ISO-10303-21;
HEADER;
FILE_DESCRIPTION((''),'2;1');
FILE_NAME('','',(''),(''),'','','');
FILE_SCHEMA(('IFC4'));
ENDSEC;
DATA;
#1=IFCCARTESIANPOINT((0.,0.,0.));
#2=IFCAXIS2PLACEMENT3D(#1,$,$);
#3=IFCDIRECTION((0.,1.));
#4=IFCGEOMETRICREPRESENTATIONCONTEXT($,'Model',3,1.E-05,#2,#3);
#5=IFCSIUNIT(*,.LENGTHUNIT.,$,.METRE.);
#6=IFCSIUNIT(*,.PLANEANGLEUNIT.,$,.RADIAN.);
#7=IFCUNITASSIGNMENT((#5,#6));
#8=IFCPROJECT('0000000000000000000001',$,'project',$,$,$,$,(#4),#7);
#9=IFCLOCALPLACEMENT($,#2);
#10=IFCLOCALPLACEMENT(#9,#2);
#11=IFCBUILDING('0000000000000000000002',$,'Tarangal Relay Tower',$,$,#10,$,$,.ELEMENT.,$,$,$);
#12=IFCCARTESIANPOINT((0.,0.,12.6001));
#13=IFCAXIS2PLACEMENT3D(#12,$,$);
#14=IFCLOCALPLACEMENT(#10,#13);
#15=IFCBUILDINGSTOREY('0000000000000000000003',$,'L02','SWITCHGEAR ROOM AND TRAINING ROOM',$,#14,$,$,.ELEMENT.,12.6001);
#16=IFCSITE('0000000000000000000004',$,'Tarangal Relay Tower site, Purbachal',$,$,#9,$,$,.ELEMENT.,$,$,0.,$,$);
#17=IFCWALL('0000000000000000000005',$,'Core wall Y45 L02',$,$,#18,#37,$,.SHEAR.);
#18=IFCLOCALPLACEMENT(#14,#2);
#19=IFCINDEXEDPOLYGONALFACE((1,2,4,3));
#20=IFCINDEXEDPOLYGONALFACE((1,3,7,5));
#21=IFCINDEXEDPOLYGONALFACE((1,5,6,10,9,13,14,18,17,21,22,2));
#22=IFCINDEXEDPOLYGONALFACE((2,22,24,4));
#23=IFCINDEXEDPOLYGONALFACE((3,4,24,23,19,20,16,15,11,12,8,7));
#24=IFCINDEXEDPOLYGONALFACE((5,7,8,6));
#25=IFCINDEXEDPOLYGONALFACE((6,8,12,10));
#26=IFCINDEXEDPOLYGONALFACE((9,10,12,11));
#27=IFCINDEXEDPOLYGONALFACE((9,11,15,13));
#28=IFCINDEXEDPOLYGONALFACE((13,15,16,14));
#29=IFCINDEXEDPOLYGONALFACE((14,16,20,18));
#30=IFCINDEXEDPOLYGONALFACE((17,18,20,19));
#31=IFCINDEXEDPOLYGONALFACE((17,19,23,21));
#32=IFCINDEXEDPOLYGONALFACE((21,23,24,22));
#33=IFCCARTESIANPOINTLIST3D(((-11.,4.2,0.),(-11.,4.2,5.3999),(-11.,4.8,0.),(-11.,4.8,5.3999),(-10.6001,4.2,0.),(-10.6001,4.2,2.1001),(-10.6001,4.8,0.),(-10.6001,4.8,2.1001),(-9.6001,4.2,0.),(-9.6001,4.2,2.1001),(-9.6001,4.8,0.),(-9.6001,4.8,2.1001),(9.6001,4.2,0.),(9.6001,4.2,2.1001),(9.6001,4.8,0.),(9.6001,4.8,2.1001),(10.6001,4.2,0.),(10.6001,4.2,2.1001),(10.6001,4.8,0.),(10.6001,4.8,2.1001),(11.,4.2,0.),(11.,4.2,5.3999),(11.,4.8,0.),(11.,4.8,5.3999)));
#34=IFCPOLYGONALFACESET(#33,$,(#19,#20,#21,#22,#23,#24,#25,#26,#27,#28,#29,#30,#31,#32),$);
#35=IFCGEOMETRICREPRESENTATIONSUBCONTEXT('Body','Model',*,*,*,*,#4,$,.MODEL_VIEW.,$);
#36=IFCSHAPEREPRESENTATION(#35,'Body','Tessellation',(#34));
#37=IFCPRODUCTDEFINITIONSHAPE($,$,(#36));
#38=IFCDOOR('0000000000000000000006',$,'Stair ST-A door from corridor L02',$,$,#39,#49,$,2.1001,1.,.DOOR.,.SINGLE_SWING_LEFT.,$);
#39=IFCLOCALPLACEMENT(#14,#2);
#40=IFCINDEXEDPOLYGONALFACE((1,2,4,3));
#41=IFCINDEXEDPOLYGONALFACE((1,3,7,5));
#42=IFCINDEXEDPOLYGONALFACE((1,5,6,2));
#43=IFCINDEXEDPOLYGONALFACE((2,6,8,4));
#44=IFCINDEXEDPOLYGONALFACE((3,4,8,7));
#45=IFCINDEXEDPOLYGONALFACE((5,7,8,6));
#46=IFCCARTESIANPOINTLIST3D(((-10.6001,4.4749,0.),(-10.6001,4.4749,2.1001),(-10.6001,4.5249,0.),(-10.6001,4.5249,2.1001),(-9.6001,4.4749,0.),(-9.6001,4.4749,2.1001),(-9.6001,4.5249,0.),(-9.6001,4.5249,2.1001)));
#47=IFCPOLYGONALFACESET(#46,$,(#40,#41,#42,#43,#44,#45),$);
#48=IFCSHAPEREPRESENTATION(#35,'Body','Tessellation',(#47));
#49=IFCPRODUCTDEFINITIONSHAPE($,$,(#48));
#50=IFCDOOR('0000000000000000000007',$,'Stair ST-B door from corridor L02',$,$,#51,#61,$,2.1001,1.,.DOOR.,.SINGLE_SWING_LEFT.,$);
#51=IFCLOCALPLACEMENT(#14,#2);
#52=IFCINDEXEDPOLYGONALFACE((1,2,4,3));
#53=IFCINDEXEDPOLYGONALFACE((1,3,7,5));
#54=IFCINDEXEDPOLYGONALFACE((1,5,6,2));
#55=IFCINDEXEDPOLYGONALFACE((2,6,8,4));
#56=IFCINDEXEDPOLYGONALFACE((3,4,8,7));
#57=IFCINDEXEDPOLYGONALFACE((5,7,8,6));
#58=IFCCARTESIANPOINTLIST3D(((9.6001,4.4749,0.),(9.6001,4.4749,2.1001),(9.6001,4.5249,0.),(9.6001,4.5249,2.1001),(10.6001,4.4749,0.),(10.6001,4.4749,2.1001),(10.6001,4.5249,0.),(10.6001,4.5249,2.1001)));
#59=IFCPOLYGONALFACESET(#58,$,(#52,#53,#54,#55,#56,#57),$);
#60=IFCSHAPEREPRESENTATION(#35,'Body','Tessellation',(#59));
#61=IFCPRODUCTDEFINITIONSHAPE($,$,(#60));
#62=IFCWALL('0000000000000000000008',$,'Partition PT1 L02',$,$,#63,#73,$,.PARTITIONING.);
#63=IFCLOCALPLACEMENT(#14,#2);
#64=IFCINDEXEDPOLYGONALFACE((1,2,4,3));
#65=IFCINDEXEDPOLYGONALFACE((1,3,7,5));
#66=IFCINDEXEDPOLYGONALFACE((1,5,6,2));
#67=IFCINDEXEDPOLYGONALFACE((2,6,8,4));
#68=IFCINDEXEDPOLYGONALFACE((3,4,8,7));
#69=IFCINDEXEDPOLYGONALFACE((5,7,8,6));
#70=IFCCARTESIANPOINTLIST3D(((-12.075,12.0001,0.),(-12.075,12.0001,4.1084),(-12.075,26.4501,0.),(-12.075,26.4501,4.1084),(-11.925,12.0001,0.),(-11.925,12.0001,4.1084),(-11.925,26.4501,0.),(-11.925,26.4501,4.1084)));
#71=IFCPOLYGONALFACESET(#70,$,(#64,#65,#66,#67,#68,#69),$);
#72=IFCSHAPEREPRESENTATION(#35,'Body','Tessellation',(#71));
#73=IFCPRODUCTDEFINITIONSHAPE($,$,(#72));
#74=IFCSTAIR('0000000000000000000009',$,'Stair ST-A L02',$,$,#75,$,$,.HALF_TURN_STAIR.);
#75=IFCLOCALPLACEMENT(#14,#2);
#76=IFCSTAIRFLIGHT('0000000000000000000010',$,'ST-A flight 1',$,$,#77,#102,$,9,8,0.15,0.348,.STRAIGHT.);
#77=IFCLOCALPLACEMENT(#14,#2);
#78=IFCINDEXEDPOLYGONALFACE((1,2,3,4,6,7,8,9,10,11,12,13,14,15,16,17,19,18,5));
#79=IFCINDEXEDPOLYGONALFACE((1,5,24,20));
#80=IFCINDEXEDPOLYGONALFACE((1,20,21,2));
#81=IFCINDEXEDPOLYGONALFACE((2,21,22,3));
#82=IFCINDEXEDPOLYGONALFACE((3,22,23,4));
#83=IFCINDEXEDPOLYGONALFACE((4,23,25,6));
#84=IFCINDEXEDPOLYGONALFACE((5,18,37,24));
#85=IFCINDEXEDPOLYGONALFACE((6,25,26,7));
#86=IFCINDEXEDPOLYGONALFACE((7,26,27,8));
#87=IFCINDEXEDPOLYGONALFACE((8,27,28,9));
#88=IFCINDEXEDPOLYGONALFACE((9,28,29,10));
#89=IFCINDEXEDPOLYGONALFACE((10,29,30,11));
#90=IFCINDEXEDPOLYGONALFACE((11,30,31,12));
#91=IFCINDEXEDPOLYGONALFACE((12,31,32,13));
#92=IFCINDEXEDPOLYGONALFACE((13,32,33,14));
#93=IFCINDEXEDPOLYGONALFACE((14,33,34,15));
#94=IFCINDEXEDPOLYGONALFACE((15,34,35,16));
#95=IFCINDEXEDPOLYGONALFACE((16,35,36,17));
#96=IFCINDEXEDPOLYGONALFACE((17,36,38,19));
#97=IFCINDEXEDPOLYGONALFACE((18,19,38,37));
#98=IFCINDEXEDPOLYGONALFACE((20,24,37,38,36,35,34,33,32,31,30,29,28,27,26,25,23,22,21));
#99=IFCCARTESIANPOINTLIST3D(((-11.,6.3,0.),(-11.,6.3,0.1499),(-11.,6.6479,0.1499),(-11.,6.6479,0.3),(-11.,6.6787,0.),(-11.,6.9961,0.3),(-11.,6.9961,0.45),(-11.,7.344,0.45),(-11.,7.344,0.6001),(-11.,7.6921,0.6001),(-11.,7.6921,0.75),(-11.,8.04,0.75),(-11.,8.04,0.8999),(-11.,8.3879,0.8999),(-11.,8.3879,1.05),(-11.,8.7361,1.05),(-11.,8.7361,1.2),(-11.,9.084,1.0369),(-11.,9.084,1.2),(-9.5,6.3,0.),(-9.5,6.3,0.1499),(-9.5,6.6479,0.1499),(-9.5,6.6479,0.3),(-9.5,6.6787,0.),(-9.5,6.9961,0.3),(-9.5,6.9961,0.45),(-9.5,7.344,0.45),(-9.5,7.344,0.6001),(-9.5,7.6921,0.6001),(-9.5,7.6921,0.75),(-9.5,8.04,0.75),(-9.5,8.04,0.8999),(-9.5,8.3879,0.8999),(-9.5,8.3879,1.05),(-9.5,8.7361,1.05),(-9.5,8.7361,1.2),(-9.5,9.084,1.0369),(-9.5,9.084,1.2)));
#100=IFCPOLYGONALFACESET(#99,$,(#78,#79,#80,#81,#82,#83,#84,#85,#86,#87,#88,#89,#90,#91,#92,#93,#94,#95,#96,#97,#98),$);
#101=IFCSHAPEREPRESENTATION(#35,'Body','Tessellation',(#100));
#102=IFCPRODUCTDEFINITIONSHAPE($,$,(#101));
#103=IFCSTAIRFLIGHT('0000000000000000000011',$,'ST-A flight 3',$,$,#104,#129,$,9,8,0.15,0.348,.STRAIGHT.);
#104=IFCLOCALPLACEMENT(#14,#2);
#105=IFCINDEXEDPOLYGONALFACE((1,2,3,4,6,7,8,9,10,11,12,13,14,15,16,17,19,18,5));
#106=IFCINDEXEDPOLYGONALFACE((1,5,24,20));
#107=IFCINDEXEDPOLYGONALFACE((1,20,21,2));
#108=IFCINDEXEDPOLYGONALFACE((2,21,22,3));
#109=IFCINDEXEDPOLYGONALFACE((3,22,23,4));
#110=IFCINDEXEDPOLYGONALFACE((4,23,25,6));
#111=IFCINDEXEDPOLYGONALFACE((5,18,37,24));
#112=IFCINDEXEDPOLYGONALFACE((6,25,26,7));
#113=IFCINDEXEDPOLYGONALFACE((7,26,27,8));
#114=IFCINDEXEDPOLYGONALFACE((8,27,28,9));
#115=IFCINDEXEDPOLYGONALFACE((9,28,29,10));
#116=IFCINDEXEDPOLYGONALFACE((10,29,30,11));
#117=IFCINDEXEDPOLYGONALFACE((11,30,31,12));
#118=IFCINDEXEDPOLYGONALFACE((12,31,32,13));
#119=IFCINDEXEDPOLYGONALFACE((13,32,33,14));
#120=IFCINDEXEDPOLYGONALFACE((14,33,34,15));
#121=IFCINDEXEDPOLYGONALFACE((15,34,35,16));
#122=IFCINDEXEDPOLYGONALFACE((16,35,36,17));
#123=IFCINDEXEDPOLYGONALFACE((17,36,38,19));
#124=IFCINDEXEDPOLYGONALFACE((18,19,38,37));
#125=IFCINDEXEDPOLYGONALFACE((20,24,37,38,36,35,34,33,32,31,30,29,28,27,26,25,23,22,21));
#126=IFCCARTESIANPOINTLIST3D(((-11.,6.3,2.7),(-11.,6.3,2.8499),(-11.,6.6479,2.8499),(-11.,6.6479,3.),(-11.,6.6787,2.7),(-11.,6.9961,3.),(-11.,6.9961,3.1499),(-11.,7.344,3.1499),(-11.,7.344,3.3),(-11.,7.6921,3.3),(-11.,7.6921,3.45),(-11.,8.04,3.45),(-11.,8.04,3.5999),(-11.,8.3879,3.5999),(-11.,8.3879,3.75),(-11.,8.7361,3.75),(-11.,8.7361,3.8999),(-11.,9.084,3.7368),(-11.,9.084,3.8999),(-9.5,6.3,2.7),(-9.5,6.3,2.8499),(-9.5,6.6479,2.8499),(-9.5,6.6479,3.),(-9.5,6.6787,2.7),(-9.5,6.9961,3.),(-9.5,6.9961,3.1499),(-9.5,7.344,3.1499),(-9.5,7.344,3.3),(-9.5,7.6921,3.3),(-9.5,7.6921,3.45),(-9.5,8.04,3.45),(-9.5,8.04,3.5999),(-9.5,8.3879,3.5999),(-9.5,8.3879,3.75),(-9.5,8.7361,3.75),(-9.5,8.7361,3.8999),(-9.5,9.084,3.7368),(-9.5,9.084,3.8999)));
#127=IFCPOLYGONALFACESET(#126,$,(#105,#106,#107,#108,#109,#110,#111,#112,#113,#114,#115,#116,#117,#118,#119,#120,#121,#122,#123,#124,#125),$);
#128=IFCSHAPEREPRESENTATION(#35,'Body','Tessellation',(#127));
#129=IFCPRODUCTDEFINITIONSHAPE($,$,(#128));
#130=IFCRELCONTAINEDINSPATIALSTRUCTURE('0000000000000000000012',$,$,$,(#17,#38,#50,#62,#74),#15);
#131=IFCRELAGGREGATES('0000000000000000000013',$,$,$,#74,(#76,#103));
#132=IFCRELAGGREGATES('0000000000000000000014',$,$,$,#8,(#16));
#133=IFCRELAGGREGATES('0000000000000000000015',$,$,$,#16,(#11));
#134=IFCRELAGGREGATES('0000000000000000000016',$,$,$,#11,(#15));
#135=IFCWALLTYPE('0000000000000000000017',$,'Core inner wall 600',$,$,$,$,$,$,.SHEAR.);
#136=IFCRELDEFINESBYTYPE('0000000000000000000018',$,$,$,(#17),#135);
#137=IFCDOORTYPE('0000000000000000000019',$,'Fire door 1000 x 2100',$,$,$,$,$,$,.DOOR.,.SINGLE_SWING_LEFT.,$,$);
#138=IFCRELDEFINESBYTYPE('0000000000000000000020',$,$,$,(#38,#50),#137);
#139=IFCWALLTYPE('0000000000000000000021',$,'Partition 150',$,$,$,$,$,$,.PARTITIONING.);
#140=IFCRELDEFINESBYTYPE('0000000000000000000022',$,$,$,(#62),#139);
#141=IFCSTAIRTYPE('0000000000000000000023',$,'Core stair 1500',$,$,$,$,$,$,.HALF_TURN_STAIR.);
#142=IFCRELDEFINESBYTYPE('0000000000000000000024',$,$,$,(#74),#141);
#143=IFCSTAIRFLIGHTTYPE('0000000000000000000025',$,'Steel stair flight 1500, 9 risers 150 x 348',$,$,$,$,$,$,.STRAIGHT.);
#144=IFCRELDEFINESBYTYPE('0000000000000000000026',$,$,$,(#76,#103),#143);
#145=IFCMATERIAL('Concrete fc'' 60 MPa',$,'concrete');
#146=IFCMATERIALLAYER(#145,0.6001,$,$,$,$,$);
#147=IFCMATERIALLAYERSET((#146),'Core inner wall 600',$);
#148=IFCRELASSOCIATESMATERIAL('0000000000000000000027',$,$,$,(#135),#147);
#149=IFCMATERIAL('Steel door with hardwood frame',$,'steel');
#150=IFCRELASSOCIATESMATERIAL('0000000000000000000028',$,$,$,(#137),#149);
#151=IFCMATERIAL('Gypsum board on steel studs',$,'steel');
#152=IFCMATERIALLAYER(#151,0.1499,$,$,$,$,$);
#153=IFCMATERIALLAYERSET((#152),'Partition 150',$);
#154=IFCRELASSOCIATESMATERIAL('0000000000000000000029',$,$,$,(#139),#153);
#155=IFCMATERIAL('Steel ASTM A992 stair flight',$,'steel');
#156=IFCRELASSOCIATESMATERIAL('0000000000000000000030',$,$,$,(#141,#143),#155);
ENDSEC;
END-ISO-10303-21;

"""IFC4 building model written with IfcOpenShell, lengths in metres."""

from ifc_helpers import new_model, si_unit, direction, frame, frame_2d, origin, place, context, subcontext, project, spatial, polyline, rectangle, outline, extrude, material, layer, layer_set, type_object, element, fill, aggregate, save


model = new_model("IFC4")

# Units and contexts
model_context = context("Model", 3, precision=1e-05, world=origin(), true_north=direction((0.0, 1.0)))
body_context = subcontext(model_context, "Body", "Model", "MODEL_VIEW")
ifc_project = project(units=[si_unit("LENGTHUNIT", "METRE"), si_unit("PLANEANGLEUNIT", "RADIAN")], contexts=[model_context])

# Site, building, storey
site_placement = place(None, origin())
site = spatial("IfcSite", under=ifc_project, at=site_placement, Name="Tarangal Relay Tower site, Purbachal", CompositionType="ELEMENT", RefElevation=0.0)
building_placement = place(site_placement, origin())
building = spatial("IfcBuilding", under=site, at=building_placement, Name="Tarangal Relay Tower", CompositionType="ELEMENT")
storey_placement = place(building_placement, frame((0.0, 0.0, 12.6001)))
storey = spatial("IfcBuildingStorey", under=building, at=storey_placement, Name="L02", Description="SWITCHGEAR ROOM AND TRAINING ROOM", CompositionType="ELEMENT", Elevation=12.6001)

# Wall, openings, doors
ifc_material_1 = material(Name="Concrete fc' 60 MPa", Category="concrete")
ifc_layer_1 = layer(ifc_material_1, 0.6001)
ifc_layer_set_1 = layer_set([ifc_layer_1], Name="Core inner wall 600")
wall_type_1 = type_object("IfcWallType", Name="Core inner wall 600", PredefinedType="SHEAR", material=ifc_layer_set_1)
wall_1_placement = place(storey_placement, frame((-11.0, 4.5, 0.0), z_axis=(0.0, 0.0, 1.0), x_axis=(1.0, 0.0, 0.0)))
wall_1 = element("IfcWall", 1, at=wall_1_placement, inside=storey, type_object=wall_type_1, Name="Core wall Y45 L02", PredefinedType="SHEAR", context=body_context, shape_type="SweptSolid", body=[
    extrude(rectangle(XDim=22.0, YDim=0.6001, at=frame_2d((11.0, 0.0))), origin(), (0.0, 0.0, 1.0), 5.3999),
])
opening_1_placement = place(wall_1_placement, frame((0.3999, 0.0, 0.0)))
opening_1 = element("IfcOpeningElement", 2, at=opening_1_placement, cuts=wall_1, PredefinedType="OPENING", context=body_context, shape_type="SweptSolid", body=[
    extrude(rectangle(XDim=1.0, YDim=2.1001, at=frame_2d((0.5, 1.05))), frame((0.0, 0.3101, 0.0), z_axis=(0.0, -1.0, 0.0), x_axis=(1.0, 0.0, 0.0)), (0.0, 0.0, 1.0), 0.6201),
])
opening_2_placement = place(wall_1_placement, frame((20.6001, 0.0, 0.0)))
opening_2 = element("IfcOpeningElement", 3, at=opening_2_placement, cuts=wall_1, PredefinedType="OPENING", context=body_context, shape_type="SweptSolid", body=[
    extrude(rectangle(XDim=1.0, YDim=2.1001, at=frame_2d((0.5, 1.05))), frame((0.0, 0.3101, 0.0), z_axis=(0.0, -1.0, 0.0), x_axis=(1.0, 0.0, 0.0)), (0.0, 0.0, 1.0), 0.6201),
])
ifc_material_2 = material(Name="Steel door with hardwood frame", Category="steel")
door_type_1 = type_object("IfcDoorType", Name="Fire door 1000 x 2100", OperationType="SINGLE_SWING_LEFT", PredefinedType="DOOR", material=ifc_material_2)
door_1_placement = place(opening_1_placement, origin())
door_1 = element("IfcDoor", 4, at=door_1_placement, inside=storey, type_object=door_type_1, Name="Stair ST-A door from corridor L02", OperationType="SINGLE_SWING_LEFT", OverallHeight=2.1001, OverallWidth=1.0, PredefinedType="DOOR", context=body_context, shape_type="SweptSolid", body=[
    extrude(rectangle(XDim=1.0, YDim=2.1001, at=frame_2d((0.5, 1.05))), frame((0.0, 0.0249, 0.0), z_axis=(0.0, -1.0, 0.0), x_axis=(1.0, 0.0, 0.0)), (0.0, 0.0, 1.0), 0.05),
])
fill(opening_1, door_1)
door_2_placement = place(opening_2_placement, origin())
door_2 = element("IfcDoor", 5, at=door_2_placement, inside=storey, type_object=door_type_1, Name="Stair ST-B door from corridor L02", OperationType="SINGLE_SWING_LEFT", OverallHeight=2.1001, OverallWidth=1.0, PredefinedType="DOOR", context=body_context, shape_type="SweptSolid", body=[
    extrude(rectangle(XDim=1.0, YDim=2.1001, at=frame_2d((0.5, 1.05))), frame((0.0, 0.0249, 0.0), z_axis=(0.0, -1.0, 0.0), x_axis=(1.0, 0.0, 0.0)), (0.0, 0.0, 1.0), 0.05),
])
fill(opening_2, door_2)

# Wall
ifc_material_3 = material(Name="Gypsum board on steel studs", Category="steel")
ifc_layer_2 = layer(ifc_material_3, 0.1499)
ifc_layer_set_2 = layer_set([ifc_layer_2], Name="Partition 150")
wall_type_2 = type_object("IfcWallType", Name="Partition 150", PredefinedType="PARTITIONING", material=ifc_layer_set_2)
wall_2_placement = place(storey_placement, frame((-12.0, 12.0, 0.0), z_axis=(0.0, 0.0, 1.0), x_axis=(0.0, 1.0, 0.0)))
element("IfcWall", 6, at=wall_2_placement, inside=storey, type_object=wall_type_2, Name="Partition PT1 L02", PredefinedType="PARTITIONING", context=body_context, shape_type="SweptSolid", body=[
    extrude(rectangle(XDim=14.45, YDim=0.1499, at=frame_2d((7.2251, 0.0))), origin(), (0.0, 0.0, 1.0), 4.1084),
])

# Stair, stair flights
ifc_material_4 = material(Name="Steel ASTM A992 stair flight", Category="steel")
stair_type = type_object("IfcStairType", Name="Core stair 1500", PredefinedType="HALF_TURN_STAIR", material=ifc_material_4)
stair_placement = place(storey_placement, origin())
stair = element("IfcStair", 7, at=stair_placement, inside=storey, type_object=stair_type, Name="Stair ST-A L02", PredefinedType="HALF_TURN_STAIR")
stair_flight_type = type_object("IfcStairFlightType", Name="Steel stair flight 1500, 9 risers 150 x 348", PredefinedType="STRAIGHT", material=ifc_material_4)
stair_flight_1_placement = place(storey_placement, frame((-10.25, 6.3, 0.0), z_axis=(0.0, 0.0, 1.0), x_axis=(0.0, 1.0, 0.0)))
stair_flight_1 = element("IfcStairFlight", 8, at=stair_flight_1_placement, type_object=stair_flight_type, Name="ST-A flight 1", NumberOfRisers=9, NumberOfTreads=8, PredefinedType="STRAIGHT", RiserHeight=0.15, TreadLength=0.348, context=body_context, shape_type="SweptSolid", body=[
    extrude(outline(polyline([(0.0, 0.0), (0.0, 0.1499), (0.3479, 0.1499), (0.3479, 0.3), (0.696, 0.3), (0.696, 0.45), (1.0439, 0.45), (1.0439, 0.6001), (1.3921, 0.6001), (1.3921, 0.75), (1.74, 0.75), (1.74, 0.8999), (2.0879, 0.8999), (2.0879, 1.05), (2.436, 1.05), (2.436, 1.2), (2.7839, 1.2), (2.7839, 1.3501), (2.7839, 1.0369), (0.3787, 0.0), (0.0, 0.0)])), frame((0.0, 0.75, 0.0), z_axis=(0.0, -1.0, 0.0), x_axis=(1.0, 0.0, 0.0)), (0.0, 0.0, 1.0), 1.5),
])
stair_flight_2_placement = place(storey_placement, frame((-10.25, 6.3, 2.7), z_axis=(0.0, 0.0, 1.0), x_axis=(0.0, 1.0, 0.0)))
stair_flight_2 = element("IfcStairFlight", 9, at=stair_flight_2_placement, type_object=stair_flight_type, Name="ST-A flight 3", NumberOfRisers=9, NumberOfTreads=8, PredefinedType="STRAIGHT", RiserHeight=0.15, TreadLength=0.348, context=body_context, shape_type="SweptSolid", body=[
    extrude(outline(polyline([(0.0, 0.0), (0.0, 0.1499), (0.3479, 0.1499), (0.3479, 0.3), (0.696, 0.3), (0.696, 0.45), (1.0439, 0.45), (1.0439, 0.6001), (1.3921, 0.6001), (1.3921, 0.75), (1.74, 0.75), (1.74, 0.8999), (2.0879, 0.8999), (2.0879, 1.05), (2.436, 1.05), (2.436, 1.2), (2.7839, 1.2), (2.7839, 1.3501), (2.7839, 1.0369), (0.3787, 0.0), (0.0, 0.0)])), frame((0.0, 0.75, 0.0), z_axis=(0.0, -1.0, 0.0), x_axis=(1.0, 0.0, 0.0)), (0.0, 0.0, 1.0), 1.5),
])
aggregate(stair, [stair_flight_1, stair_flight_2])

save(model, "model.ifc")
